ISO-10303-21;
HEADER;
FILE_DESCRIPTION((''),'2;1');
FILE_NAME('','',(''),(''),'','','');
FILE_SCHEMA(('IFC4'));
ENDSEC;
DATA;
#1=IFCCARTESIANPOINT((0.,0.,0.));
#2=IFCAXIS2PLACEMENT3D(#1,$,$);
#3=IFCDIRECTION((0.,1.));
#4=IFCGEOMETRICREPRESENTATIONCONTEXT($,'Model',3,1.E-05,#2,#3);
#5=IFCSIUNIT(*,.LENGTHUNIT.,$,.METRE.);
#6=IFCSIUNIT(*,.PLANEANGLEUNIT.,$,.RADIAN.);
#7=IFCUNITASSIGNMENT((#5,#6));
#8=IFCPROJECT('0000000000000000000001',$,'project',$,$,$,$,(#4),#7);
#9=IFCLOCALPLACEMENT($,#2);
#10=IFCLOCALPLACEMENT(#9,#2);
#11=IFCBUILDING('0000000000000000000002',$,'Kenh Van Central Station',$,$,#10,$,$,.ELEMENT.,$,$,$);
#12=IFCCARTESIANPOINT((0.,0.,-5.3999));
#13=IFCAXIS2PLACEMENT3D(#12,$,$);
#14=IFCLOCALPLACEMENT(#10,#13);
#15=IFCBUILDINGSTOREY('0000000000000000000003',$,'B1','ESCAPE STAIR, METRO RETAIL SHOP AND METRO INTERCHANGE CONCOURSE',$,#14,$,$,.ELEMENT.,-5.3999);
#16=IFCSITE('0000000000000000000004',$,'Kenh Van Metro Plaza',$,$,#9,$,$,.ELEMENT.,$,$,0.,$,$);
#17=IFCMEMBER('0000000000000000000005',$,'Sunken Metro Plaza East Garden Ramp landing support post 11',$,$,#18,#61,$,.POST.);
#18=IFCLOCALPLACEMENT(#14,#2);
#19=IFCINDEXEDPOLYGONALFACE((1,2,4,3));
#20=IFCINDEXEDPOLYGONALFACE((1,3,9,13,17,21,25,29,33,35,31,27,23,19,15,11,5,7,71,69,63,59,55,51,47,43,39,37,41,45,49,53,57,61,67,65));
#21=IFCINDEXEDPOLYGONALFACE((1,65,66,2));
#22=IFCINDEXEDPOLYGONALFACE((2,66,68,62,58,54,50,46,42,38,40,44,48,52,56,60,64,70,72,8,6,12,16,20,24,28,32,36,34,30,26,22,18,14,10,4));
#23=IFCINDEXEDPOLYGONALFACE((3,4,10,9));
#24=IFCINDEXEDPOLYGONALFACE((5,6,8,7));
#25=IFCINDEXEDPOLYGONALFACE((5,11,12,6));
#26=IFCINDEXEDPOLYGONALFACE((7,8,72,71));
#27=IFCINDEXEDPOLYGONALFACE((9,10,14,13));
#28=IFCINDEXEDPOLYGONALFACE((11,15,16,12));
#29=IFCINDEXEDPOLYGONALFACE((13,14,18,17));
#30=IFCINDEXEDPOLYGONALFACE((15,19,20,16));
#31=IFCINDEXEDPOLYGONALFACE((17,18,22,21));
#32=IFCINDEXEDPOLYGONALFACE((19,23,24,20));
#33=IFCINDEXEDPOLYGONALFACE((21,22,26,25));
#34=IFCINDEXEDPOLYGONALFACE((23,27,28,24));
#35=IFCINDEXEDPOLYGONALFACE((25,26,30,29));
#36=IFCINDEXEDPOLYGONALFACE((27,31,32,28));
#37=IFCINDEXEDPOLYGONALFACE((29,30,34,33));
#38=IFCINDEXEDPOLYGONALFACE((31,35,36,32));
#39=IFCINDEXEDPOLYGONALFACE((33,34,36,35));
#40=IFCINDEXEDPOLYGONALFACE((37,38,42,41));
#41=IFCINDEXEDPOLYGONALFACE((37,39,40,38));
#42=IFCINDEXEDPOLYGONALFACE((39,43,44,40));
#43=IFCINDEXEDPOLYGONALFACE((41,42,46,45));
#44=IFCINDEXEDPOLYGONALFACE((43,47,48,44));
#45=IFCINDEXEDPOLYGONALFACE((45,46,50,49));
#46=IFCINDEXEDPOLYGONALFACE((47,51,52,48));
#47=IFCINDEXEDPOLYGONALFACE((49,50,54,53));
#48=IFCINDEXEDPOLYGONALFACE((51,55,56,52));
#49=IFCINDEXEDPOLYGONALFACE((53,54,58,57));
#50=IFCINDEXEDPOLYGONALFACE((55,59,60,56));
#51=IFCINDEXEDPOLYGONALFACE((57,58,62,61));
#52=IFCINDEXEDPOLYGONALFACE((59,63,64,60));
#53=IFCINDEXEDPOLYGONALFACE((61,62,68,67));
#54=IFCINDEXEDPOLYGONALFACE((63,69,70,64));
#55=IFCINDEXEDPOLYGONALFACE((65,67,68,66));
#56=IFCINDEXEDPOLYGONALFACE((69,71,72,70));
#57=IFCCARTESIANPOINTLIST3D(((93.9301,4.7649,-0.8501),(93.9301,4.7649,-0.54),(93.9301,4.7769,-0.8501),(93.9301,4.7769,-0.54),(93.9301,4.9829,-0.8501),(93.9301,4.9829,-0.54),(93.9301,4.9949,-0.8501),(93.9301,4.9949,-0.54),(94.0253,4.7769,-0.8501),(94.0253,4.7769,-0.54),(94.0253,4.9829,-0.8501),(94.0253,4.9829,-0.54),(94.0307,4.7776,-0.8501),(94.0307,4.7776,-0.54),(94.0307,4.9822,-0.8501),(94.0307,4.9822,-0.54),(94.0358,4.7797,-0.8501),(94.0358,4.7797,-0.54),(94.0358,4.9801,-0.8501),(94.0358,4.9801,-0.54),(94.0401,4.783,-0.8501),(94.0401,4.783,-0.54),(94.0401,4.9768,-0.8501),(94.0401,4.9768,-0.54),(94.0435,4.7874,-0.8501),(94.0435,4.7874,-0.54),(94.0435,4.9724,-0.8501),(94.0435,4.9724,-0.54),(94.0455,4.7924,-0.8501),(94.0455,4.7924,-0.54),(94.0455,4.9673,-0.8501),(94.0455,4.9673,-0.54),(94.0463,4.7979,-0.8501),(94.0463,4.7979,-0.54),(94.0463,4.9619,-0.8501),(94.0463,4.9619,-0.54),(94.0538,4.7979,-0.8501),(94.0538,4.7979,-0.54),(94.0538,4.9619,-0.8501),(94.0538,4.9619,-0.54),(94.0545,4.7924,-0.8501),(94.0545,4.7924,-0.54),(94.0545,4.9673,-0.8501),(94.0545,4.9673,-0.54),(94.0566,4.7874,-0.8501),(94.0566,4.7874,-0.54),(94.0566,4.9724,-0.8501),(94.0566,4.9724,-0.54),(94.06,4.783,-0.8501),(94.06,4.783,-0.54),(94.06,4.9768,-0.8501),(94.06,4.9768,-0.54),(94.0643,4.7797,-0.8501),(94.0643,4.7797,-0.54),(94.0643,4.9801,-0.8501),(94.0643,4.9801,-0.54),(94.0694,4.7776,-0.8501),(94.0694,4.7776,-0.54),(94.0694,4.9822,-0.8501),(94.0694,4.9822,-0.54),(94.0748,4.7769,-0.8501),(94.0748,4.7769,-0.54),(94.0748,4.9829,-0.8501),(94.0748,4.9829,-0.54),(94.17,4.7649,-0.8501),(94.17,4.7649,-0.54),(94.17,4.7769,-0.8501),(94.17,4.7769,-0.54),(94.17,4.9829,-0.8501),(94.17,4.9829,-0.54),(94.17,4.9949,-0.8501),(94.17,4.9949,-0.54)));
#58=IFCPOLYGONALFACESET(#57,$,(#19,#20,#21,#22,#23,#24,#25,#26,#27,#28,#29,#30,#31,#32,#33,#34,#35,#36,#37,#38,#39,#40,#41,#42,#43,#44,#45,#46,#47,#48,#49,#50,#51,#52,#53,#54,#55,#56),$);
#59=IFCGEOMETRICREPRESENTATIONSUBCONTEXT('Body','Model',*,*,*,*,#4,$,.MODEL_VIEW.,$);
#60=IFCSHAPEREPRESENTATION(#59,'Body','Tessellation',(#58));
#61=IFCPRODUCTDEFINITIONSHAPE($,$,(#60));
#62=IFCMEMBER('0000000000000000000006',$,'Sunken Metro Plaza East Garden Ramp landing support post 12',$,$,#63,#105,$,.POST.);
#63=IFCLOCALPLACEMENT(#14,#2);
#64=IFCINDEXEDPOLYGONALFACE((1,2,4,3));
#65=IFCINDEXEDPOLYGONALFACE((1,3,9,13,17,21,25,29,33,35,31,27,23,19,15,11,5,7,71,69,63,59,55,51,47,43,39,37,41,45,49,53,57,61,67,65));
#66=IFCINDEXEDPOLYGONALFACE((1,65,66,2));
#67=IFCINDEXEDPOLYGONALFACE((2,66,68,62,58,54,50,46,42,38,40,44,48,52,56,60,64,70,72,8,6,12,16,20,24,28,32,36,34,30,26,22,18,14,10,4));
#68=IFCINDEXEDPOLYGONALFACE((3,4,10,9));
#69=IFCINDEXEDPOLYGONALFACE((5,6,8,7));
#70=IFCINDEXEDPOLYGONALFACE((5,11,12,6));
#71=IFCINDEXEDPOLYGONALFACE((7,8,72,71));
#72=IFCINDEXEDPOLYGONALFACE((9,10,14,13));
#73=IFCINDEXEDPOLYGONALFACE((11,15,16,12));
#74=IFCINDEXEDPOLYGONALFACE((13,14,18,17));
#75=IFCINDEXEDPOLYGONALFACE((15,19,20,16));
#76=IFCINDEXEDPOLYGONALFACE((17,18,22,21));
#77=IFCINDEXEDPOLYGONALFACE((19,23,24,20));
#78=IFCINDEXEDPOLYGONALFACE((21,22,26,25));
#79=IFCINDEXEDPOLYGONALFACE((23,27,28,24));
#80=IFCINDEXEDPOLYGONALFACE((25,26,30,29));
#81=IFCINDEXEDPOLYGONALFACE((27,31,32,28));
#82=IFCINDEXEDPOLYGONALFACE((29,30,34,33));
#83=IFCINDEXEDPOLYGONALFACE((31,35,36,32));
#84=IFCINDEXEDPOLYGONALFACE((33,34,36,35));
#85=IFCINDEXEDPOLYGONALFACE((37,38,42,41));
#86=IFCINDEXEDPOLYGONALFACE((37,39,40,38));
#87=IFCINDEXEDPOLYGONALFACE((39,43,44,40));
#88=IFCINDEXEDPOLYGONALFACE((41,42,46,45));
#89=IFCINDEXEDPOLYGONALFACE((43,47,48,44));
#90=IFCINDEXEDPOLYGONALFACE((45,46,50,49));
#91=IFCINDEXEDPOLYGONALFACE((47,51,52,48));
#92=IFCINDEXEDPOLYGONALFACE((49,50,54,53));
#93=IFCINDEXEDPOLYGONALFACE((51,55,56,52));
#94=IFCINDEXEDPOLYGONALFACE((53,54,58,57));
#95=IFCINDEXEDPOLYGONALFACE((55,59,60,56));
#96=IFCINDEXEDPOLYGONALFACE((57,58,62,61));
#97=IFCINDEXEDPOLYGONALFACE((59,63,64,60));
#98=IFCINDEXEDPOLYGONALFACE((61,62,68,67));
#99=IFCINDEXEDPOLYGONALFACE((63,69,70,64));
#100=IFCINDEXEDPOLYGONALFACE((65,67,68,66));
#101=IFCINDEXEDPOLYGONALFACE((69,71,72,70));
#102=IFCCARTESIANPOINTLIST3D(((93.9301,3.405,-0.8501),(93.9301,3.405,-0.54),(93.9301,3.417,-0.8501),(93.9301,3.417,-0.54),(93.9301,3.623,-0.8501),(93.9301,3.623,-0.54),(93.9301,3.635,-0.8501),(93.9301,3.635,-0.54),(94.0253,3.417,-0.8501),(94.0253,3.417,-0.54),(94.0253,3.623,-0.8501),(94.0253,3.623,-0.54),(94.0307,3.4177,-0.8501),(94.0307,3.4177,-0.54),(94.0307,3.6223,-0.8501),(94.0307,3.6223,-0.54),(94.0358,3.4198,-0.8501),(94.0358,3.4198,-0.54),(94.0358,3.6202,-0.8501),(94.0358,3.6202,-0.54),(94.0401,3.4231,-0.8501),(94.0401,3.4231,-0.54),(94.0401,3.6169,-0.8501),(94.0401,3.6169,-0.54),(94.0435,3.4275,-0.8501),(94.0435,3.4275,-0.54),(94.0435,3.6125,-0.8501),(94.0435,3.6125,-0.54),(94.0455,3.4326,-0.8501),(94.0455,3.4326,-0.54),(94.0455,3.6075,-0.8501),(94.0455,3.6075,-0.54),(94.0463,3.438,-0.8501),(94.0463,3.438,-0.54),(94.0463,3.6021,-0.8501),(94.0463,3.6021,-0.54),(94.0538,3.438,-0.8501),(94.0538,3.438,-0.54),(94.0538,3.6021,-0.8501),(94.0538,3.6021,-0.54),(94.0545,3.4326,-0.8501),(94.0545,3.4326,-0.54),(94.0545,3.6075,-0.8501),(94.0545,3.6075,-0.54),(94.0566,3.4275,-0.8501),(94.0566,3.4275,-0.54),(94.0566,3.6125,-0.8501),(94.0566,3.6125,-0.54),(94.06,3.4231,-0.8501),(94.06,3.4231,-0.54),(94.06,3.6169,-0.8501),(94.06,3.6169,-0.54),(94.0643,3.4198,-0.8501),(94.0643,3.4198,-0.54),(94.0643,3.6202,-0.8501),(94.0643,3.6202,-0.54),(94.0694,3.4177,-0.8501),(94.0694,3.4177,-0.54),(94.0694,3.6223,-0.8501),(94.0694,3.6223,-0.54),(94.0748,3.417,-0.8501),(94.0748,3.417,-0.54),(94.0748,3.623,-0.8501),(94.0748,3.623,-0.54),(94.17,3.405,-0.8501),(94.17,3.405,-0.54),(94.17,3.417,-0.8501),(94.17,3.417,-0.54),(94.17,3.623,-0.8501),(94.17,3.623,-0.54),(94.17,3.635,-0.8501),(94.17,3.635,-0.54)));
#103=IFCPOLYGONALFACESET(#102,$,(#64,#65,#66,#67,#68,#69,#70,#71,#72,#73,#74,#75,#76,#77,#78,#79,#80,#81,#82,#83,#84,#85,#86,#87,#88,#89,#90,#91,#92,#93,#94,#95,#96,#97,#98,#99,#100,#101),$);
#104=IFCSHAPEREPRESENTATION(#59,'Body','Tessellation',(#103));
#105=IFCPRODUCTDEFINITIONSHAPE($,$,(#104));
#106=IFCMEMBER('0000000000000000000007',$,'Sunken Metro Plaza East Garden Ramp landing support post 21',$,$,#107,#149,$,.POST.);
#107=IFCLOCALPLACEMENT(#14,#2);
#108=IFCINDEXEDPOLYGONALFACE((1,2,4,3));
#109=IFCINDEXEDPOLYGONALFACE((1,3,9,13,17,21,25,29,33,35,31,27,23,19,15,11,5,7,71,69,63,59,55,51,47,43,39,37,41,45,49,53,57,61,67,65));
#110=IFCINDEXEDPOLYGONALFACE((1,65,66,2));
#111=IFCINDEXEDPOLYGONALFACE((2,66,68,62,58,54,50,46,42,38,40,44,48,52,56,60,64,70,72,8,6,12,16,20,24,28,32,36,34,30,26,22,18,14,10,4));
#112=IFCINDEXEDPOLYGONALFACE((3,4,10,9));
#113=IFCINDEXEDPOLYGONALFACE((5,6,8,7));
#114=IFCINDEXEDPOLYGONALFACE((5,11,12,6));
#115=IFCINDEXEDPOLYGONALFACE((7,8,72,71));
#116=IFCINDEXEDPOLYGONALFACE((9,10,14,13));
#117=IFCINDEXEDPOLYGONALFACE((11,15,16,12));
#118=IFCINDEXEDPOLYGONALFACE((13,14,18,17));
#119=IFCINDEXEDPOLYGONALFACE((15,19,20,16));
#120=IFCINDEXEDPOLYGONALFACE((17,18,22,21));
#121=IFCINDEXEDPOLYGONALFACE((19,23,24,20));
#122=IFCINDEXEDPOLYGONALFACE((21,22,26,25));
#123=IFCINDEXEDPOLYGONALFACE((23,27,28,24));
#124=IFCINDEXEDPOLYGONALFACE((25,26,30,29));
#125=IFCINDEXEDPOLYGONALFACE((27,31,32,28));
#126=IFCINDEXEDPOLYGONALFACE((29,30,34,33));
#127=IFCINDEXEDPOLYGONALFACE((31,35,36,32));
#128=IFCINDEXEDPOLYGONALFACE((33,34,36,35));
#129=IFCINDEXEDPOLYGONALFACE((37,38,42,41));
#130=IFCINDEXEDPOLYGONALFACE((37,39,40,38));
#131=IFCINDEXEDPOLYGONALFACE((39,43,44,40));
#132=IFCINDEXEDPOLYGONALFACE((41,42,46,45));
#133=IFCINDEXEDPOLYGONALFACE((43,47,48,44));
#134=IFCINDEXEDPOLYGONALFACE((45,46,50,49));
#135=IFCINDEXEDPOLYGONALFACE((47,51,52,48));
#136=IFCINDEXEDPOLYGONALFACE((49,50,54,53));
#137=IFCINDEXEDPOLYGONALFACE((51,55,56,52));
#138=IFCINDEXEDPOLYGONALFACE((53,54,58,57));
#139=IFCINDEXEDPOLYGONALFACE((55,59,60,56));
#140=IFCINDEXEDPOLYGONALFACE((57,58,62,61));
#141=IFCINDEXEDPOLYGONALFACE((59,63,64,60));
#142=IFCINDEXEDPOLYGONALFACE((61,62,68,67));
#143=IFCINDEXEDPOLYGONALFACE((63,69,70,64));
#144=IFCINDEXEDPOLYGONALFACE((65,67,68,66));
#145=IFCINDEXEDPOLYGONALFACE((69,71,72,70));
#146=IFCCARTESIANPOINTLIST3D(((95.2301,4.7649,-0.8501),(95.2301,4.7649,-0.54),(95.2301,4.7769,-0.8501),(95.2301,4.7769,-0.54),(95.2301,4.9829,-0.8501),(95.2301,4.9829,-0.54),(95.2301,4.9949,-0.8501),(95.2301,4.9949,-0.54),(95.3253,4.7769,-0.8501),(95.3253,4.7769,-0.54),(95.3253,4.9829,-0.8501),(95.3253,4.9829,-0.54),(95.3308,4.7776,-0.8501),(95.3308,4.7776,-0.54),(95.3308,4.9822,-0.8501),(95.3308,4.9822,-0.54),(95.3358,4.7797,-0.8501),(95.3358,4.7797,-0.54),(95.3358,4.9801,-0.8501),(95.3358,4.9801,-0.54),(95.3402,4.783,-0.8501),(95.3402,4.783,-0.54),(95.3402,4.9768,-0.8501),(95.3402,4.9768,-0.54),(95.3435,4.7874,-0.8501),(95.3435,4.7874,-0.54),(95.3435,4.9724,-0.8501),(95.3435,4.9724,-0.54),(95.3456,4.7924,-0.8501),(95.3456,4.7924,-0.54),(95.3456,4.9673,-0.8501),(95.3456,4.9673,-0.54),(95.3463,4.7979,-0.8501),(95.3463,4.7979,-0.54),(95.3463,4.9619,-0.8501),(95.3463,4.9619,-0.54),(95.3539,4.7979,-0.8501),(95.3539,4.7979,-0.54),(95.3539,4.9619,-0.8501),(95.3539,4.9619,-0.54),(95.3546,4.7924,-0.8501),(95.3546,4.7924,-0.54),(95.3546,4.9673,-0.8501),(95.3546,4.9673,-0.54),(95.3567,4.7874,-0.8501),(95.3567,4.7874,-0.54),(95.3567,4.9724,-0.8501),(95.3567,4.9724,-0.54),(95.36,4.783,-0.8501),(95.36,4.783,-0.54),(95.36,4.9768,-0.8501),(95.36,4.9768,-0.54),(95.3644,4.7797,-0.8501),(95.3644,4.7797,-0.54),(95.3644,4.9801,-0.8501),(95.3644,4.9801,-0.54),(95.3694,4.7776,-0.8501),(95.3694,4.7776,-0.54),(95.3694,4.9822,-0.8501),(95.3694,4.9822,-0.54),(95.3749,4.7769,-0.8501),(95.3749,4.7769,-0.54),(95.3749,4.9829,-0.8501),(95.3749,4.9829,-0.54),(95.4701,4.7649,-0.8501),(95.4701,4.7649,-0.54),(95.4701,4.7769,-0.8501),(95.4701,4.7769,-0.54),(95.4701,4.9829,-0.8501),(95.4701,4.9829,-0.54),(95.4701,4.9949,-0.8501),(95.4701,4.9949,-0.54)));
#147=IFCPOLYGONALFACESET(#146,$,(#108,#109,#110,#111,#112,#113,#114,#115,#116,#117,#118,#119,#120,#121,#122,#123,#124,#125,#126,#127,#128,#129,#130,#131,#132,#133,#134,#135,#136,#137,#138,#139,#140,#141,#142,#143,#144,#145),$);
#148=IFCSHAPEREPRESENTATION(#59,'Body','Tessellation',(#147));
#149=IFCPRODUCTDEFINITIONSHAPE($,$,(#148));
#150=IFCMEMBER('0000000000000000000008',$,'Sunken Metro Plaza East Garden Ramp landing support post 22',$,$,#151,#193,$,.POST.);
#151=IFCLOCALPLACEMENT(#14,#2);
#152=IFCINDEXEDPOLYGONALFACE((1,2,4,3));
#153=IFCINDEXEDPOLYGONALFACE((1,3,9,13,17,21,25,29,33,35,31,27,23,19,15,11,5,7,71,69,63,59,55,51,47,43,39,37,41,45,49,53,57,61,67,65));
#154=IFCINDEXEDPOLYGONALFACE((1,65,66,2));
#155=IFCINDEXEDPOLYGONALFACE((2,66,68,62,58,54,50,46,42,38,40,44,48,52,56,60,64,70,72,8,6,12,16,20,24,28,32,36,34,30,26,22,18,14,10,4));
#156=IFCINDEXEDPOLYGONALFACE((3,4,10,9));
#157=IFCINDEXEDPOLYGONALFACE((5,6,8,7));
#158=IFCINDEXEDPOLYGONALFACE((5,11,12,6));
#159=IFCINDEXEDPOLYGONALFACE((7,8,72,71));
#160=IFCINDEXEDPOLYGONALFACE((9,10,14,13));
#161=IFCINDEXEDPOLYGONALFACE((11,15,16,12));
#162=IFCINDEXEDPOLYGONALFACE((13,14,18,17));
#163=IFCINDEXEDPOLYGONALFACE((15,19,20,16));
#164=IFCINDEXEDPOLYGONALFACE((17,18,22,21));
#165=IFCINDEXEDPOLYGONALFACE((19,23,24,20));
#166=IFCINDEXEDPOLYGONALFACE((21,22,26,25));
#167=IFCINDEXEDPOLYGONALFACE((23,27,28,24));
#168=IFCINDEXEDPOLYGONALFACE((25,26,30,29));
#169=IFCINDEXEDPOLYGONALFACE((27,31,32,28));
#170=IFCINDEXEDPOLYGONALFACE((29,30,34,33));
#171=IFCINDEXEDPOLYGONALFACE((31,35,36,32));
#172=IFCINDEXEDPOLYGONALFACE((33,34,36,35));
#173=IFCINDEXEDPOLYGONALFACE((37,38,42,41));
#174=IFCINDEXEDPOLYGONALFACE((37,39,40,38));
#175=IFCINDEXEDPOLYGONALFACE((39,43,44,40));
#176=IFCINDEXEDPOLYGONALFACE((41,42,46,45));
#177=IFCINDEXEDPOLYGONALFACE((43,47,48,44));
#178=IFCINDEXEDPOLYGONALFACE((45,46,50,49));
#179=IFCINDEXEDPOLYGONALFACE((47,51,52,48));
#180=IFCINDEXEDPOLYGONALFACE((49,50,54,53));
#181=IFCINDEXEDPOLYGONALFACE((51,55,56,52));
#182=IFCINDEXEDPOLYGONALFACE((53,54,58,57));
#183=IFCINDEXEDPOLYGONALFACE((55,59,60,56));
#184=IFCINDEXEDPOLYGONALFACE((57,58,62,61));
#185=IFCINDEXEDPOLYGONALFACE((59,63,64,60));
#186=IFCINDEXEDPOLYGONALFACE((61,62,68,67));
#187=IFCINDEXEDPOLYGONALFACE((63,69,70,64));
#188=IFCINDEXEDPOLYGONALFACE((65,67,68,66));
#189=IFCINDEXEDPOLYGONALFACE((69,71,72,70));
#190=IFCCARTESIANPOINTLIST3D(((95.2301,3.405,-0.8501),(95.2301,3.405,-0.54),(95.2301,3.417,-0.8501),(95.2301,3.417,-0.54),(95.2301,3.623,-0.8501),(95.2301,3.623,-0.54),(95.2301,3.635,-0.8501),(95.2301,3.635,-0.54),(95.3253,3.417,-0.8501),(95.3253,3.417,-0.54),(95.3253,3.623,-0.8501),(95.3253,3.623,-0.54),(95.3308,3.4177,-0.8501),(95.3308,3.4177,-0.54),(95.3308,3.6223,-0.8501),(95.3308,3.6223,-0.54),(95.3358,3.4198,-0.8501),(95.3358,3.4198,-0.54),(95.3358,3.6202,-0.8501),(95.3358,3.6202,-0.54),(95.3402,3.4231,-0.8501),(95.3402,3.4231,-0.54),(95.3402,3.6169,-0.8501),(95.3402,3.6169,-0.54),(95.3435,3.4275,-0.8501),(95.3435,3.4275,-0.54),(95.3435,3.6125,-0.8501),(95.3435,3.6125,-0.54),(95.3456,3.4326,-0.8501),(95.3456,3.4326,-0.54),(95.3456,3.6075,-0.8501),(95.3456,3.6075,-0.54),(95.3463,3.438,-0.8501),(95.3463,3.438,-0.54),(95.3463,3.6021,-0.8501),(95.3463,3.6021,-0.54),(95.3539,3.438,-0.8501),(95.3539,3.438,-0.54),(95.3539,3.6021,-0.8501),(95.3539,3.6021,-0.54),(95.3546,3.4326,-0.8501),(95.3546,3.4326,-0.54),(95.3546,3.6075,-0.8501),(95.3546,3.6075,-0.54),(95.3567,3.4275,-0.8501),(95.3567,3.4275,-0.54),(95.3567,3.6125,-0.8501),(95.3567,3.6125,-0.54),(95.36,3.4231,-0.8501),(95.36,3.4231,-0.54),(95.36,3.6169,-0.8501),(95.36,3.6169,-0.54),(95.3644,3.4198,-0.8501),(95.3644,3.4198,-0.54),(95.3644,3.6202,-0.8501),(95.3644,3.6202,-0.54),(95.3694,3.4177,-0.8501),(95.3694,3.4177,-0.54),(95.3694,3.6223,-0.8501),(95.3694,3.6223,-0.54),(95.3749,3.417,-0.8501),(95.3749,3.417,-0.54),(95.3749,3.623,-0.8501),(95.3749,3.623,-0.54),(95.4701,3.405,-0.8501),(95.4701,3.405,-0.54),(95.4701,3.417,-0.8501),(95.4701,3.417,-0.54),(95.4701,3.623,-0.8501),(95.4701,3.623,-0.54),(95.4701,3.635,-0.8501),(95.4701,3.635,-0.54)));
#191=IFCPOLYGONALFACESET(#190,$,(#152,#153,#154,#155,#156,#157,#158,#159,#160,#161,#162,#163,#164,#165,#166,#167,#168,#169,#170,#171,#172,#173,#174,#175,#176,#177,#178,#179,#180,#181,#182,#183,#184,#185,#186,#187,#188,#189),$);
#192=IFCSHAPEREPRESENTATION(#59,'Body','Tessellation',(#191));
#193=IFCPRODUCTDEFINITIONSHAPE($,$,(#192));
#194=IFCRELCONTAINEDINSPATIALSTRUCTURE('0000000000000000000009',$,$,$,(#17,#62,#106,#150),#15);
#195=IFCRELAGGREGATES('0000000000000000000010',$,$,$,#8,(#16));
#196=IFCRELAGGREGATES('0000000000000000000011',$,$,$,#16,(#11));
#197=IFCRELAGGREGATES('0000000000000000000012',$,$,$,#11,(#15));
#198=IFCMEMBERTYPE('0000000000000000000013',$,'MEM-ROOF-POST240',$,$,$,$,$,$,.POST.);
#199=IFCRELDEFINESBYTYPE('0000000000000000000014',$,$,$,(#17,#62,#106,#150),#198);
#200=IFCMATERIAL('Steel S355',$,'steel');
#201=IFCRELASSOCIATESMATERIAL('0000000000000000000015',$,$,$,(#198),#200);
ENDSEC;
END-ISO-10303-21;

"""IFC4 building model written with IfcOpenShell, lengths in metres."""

from ifc_helpers import new_model, si_unit, direction, frame, origin, origin_2d, place, context, subcontext, project, spatial, i_section, extrude, material, material_profile, profile_set, type_object, element, save


model = new_model("IFC4")

# Units and contexts
model_context = context("Model", 3, precision=1e-05, world=origin(), true_north=direction((0.0, 1.0)))
body_context = subcontext(model_context, "Body", "Model", "MODEL_VIEW")
ifc_project = project(units=[si_unit("LENGTHUNIT", "METRE"), si_unit("PLANEANGLEUNIT", "RADIAN")], contexts=[model_context])

# Site, building, storey
site_placement = place(None, origin())
site = spatial("IfcSite", under=ifc_project, at=site_placement, Name="Kenh Van Metro Plaza", CompositionType="ELEMENT", RefElevation=0.0)
building_placement = place(site_placement, origin())
building = spatial("IfcBuilding", under=site, at=building_placement, Name="Kenh Van Central Station", CompositionType="ELEMENT")
storey_placement = place(building_placement, frame((0.0, 0.0, -5.3999)))
storey = spatial("IfcBuildingStorey", under=building, at=storey_placement, Name="B1", Description="ESCAPE STAIR, METRO RETAIL SHOP AND METRO INTERCHANGE CONCOURSE", CompositionType="ELEMENT", Elevation=-5.3999)

# Members
ifc_material_1 = material(Name="Steel S355", Category="steel")
ifc_material_profile_1 = material_profile(ifc_material_1, i_section(OverallWidth=0.24, OverallDepth=0.23, WebThickness=0.0076, FlangeThickness=0.012, FilletRadius=0.021, at=origin_2d()), Name="HEA 240")
ifc_profile_set_1 = profile_set([ifc_material_profile_1], Name="Steel S355")
member_type = type_object("IfcMemberType", Name="MEM-ROOF-POST240", PredefinedType="POST", material=ifc_profile_set_1)
for number, where, z_axis, x_axis, name in (
    (1, (94.05, 4.8799, -0.8501), (0.0, 0.0, 1.0), (1.0, 0.0, 0.0), "Sunken Metro Plaza East Garden Ramp landing support post 11"),
    (2, (94.05, 3.52, -0.8501), (0.0, 0.0, 1.0), (1.0, 0.0, 0.0), "Sunken Metro Plaza East Garden Ramp landing support post 12"),
    (3, (95.3501, 4.8799, -0.8501), (0.0, 0.0, 1.0), (1.0, 0.0, 0.0), "Sunken Metro Plaza East Garden Ramp landing support post 21"),
    (4, (95.3501, 3.52, -0.8501), (0.0, 0.0, 1.0), (1.0, 0.0, 0.0), "Sunken Metro Plaza East Garden Ramp landing support post 22"),
):
    element("IfcMember", number, at=place(storey_placement, frame(where, z_axis=z_axis, x_axis=x_axis)), inside=storey, type_object=member_type, Name=name, PredefinedType="POST", context=body_context, shape_type="SweptSolid", body=[
        extrude(i_section(OverallWidth=0.24, OverallDepth=0.23, WebThickness=0.0076, FlangeThickness=0.012, FilletRadius=0.021, at=origin_2d()), origin(), (0.0, 0.0, 1.0), 0.3101),
    ])

save(model, "model.ifc")
